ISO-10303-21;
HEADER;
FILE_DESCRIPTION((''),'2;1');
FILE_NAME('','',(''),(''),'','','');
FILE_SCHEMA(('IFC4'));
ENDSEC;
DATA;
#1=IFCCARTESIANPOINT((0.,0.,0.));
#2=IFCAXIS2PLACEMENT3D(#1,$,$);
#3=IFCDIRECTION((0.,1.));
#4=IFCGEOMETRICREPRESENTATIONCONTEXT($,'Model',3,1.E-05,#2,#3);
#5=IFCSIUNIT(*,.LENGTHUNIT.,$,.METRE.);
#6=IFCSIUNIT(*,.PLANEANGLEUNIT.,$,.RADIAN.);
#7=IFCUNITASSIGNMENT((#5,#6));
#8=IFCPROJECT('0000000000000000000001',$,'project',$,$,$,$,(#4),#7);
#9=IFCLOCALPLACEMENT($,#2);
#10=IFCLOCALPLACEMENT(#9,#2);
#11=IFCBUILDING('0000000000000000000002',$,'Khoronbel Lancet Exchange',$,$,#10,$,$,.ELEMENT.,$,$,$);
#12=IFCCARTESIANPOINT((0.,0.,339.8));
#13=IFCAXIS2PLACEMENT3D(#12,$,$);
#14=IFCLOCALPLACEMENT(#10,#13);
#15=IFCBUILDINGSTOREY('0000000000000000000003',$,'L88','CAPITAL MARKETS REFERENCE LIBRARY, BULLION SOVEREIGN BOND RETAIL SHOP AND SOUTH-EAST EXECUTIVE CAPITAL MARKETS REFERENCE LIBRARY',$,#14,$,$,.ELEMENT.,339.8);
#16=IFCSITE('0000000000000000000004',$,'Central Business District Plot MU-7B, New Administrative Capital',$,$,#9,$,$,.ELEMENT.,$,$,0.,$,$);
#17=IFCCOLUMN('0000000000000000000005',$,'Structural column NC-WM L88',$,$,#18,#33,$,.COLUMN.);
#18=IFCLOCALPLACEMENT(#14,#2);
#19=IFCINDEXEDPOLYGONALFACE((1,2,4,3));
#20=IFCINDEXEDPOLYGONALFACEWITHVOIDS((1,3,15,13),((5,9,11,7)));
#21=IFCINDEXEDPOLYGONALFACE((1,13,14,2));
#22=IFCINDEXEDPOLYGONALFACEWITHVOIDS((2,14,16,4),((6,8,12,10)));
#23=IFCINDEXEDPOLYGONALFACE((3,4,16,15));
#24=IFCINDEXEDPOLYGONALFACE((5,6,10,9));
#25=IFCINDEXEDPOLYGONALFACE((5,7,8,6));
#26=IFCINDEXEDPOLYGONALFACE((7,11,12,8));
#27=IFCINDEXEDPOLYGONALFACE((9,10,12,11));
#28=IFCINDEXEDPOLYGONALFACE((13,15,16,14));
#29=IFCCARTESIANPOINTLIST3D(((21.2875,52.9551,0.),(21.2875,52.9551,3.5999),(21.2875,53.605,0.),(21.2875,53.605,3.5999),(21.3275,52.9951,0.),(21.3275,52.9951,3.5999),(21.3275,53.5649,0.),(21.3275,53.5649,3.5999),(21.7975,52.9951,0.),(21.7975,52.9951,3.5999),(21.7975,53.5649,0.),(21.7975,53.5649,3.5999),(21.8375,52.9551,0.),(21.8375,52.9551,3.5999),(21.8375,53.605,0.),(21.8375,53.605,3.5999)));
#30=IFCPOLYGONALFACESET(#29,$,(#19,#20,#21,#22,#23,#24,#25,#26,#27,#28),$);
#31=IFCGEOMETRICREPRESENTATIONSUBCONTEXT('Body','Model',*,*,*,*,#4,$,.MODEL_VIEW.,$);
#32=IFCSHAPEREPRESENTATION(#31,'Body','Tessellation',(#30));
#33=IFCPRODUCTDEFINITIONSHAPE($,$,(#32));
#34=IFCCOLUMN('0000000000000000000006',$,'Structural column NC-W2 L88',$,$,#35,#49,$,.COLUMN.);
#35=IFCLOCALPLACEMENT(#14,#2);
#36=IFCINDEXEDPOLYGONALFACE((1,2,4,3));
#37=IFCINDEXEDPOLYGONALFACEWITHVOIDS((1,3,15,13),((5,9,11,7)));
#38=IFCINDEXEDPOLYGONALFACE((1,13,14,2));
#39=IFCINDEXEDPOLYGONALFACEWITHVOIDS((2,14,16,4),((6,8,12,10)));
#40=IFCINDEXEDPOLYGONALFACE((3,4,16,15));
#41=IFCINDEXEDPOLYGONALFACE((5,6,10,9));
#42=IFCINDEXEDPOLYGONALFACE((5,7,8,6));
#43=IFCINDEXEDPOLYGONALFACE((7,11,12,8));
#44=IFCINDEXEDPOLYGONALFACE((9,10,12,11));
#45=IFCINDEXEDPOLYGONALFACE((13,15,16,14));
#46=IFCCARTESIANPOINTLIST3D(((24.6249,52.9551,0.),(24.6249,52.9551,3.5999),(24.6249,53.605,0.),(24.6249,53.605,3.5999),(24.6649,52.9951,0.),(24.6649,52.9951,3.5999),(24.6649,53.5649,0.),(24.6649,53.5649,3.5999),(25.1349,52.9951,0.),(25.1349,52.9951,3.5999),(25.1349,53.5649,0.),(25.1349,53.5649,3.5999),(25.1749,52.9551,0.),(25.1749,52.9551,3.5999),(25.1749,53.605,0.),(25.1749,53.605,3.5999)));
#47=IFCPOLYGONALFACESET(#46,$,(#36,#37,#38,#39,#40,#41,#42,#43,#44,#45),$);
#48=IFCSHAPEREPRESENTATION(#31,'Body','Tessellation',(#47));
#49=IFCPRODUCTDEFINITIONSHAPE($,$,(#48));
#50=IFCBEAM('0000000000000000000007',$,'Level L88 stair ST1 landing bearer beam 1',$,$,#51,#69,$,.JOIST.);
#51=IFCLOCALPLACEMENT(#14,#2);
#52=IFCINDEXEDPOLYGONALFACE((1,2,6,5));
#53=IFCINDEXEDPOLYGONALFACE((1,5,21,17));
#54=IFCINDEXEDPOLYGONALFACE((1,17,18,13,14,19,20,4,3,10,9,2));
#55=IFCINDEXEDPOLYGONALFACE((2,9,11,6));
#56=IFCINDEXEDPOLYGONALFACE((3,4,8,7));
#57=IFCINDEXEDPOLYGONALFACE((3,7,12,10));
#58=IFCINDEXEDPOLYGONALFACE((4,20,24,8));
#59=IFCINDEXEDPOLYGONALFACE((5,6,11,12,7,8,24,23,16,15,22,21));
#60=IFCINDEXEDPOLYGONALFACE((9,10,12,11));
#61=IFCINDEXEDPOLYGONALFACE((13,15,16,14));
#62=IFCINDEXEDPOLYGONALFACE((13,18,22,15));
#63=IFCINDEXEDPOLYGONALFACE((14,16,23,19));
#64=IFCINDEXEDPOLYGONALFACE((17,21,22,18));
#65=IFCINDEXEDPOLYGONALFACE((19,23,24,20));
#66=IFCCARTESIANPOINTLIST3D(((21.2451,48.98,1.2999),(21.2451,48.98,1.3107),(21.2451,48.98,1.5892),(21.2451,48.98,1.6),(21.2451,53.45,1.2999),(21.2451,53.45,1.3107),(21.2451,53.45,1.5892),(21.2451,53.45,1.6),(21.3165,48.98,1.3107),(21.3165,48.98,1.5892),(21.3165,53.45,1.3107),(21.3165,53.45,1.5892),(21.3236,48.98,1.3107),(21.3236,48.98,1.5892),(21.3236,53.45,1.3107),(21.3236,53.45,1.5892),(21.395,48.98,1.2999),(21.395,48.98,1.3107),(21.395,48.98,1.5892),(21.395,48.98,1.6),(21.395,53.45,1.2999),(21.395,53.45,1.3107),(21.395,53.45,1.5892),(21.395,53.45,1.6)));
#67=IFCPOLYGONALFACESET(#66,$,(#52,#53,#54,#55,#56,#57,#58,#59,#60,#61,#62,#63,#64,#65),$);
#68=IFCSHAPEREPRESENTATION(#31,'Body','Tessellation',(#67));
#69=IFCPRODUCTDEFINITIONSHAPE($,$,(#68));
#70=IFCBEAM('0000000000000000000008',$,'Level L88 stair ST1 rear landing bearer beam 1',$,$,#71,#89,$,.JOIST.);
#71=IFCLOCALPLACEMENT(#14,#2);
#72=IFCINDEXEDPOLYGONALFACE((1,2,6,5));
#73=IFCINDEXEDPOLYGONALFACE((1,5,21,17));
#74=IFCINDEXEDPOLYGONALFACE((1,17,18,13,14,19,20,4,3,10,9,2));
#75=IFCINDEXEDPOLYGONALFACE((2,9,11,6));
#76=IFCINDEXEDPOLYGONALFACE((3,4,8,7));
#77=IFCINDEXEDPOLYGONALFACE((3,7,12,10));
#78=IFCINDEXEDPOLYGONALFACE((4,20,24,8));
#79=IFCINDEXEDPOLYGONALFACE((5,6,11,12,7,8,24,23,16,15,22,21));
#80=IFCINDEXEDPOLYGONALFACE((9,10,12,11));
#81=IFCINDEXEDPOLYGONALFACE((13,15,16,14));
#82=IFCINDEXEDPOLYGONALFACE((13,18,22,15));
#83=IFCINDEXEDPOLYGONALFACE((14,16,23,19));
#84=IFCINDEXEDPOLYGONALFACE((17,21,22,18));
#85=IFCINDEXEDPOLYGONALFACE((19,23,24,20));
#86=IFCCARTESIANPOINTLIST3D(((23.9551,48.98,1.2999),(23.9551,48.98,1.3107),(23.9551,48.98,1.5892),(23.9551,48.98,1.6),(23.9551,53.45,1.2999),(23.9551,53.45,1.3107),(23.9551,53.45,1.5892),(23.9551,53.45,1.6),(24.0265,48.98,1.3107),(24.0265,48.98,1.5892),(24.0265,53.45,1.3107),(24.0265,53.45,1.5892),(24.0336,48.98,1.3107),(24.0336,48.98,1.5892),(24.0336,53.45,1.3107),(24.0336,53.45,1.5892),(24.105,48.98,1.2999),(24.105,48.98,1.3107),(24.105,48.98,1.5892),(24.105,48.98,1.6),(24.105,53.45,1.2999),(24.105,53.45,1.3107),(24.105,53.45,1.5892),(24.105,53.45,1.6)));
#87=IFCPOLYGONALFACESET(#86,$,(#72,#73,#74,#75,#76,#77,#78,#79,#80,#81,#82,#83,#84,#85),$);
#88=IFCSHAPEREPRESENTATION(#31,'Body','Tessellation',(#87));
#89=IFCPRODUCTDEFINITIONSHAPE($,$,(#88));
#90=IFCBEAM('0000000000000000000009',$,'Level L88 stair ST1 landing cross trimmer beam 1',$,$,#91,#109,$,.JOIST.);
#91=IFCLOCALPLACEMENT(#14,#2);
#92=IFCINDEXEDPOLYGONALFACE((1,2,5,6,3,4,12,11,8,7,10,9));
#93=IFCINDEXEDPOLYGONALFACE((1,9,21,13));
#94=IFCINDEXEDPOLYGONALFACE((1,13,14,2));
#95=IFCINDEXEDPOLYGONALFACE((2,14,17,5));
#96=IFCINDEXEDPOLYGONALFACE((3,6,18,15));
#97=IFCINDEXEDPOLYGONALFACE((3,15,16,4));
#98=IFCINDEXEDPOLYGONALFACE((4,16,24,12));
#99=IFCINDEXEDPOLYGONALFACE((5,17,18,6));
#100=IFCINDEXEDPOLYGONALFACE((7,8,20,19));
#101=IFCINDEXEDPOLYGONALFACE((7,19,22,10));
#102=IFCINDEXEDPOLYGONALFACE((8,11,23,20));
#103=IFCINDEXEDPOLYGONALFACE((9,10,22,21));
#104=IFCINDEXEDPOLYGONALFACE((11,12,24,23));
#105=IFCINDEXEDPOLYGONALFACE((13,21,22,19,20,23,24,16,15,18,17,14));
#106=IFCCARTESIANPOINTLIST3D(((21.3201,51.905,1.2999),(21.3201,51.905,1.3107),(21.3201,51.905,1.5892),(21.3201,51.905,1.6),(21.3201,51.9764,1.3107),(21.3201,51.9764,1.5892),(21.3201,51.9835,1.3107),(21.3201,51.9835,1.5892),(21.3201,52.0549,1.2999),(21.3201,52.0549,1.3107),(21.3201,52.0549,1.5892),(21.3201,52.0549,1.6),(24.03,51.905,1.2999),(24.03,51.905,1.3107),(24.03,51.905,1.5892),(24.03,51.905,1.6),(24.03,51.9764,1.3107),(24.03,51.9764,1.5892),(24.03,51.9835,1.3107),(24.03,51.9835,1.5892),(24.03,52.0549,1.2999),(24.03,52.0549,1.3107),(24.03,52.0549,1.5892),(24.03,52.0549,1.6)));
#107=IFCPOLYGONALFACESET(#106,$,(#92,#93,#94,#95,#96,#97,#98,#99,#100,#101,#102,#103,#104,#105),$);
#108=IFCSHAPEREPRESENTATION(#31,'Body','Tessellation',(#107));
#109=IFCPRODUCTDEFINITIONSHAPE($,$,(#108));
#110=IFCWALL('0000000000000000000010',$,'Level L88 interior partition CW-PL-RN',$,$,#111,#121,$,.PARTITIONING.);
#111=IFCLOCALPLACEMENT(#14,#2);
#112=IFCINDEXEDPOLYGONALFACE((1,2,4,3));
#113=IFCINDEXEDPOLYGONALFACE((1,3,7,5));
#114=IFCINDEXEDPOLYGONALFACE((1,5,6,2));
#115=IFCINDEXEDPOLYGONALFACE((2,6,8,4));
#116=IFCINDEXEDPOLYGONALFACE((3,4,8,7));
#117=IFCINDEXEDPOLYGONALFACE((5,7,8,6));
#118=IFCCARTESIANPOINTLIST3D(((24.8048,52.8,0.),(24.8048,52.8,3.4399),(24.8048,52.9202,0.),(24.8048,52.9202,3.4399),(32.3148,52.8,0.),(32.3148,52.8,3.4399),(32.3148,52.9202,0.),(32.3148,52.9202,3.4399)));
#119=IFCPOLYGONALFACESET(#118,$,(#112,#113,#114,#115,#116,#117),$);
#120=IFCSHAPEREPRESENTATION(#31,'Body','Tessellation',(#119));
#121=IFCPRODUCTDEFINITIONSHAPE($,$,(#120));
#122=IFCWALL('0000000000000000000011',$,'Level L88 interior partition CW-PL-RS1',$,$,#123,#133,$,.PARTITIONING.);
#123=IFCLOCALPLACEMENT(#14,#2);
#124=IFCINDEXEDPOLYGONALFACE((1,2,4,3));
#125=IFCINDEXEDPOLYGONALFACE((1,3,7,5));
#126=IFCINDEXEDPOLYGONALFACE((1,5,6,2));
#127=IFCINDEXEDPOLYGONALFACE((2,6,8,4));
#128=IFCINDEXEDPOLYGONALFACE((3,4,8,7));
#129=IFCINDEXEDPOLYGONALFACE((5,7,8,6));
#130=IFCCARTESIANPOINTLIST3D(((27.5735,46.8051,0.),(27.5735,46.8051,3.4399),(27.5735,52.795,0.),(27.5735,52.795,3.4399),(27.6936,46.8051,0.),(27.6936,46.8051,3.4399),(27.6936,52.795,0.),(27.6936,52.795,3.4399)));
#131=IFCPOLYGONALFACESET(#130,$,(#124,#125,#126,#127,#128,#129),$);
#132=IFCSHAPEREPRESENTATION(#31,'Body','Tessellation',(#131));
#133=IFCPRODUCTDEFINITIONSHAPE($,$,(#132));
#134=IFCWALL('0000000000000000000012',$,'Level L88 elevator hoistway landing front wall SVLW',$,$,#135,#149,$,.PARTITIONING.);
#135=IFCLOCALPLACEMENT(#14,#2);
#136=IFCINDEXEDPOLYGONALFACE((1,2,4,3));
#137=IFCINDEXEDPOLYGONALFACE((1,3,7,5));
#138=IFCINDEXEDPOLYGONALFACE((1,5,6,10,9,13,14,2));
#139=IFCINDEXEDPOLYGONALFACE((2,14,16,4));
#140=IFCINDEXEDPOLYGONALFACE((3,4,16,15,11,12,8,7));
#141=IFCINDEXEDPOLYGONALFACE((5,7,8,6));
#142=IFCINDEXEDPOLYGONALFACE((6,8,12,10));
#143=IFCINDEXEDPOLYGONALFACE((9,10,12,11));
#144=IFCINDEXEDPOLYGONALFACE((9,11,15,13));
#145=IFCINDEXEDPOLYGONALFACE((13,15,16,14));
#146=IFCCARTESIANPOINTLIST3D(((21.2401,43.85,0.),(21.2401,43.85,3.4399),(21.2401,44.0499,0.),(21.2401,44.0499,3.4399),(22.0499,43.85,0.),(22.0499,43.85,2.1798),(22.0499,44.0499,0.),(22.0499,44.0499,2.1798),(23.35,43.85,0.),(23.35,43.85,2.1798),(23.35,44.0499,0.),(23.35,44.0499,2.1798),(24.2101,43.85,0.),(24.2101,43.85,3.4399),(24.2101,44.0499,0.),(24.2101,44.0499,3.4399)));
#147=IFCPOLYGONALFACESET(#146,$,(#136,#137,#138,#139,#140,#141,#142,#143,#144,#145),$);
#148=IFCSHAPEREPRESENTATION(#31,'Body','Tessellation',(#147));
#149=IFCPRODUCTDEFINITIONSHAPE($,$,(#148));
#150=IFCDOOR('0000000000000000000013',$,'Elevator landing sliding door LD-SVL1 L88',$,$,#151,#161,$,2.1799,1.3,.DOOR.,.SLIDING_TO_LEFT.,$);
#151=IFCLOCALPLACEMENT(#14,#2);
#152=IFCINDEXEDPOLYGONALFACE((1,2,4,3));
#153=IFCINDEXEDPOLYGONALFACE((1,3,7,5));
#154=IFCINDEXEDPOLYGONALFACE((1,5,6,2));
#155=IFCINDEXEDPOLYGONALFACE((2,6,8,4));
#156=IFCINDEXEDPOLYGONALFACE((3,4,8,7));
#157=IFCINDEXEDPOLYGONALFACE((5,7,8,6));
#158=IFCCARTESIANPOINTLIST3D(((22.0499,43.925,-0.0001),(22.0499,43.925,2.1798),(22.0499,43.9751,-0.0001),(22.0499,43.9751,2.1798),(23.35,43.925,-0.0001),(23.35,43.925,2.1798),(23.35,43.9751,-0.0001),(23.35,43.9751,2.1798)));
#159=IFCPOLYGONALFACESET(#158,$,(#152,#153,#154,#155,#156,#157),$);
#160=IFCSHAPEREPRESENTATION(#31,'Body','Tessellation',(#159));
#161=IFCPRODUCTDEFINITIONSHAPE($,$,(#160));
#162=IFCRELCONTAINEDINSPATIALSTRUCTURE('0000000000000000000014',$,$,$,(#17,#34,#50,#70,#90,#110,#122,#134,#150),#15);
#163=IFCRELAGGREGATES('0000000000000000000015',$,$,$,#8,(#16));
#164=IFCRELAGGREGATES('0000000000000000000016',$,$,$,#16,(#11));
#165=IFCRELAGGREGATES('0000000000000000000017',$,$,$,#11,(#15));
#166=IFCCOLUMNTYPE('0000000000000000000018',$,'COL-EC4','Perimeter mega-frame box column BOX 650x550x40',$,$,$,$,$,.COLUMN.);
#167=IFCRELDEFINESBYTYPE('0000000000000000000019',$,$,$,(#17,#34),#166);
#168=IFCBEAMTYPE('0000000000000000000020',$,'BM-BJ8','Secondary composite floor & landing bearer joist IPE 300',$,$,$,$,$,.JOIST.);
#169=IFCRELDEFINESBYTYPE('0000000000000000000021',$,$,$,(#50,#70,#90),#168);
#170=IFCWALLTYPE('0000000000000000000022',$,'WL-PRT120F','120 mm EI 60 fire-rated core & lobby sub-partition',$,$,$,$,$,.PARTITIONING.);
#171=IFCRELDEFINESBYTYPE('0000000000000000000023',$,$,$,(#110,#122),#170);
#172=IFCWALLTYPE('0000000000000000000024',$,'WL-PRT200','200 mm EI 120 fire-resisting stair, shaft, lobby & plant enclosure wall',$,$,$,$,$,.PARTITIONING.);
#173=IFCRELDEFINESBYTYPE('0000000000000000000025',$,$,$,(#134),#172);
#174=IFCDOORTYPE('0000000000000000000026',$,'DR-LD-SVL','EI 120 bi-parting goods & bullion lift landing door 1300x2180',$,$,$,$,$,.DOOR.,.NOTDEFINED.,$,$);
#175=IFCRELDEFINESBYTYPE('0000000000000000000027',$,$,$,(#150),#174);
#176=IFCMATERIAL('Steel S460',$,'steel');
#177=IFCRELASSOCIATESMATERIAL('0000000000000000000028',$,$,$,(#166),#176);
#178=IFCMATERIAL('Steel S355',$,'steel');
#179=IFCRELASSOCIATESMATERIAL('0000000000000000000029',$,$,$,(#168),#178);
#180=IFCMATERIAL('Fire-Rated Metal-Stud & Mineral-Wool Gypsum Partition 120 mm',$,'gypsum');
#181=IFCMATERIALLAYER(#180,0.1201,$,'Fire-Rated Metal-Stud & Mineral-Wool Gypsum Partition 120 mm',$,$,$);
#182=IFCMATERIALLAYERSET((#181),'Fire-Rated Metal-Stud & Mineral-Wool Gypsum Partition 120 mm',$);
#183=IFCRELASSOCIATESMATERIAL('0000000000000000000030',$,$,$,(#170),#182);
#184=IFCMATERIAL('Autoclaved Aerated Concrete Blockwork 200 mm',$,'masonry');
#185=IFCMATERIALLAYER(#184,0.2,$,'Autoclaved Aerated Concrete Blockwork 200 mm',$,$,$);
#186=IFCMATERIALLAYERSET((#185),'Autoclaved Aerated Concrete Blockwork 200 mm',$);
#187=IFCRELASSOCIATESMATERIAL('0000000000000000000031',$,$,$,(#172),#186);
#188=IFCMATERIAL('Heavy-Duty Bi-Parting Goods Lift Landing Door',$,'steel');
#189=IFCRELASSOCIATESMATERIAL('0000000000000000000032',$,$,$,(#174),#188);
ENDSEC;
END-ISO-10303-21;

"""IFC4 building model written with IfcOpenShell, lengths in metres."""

from ifc_helpers import new_model, si_unit, direction, frame, frame_2d, origin, origin_2d, place, context, subcontext, project, spatial, rectangle, hollow_rectangle, i_section, extrude, material, layer, layer_set, material_profile, profile_set, type_object, element, fill, save


model = new_model("IFC4")

# Units and contexts
model_context = context("Model", 3, precision=1e-05, world=origin(), true_north=direction((0.0, 1.0)))
body_context = subcontext(model_context, "Body", "Model", "MODEL_VIEW")
ifc_project = project(units=[si_unit("LENGTHUNIT", "METRE"), si_unit("PLANEANGLEUNIT", "RADIAN")], contexts=[model_context])

# Site, building, storey
site_placement = place(None, origin())
site = spatial("IfcSite", under=ifc_project, at=site_placement, Name="Central Business District Plot MU-7B, New Administrative Capital", CompositionType="ELEMENT", RefElevation=0.0)
building_placement = place(site_placement, origin())
building = spatial("IfcBuilding", under=site, at=building_placement, Name="Khoronbel Lancet Exchange", CompositionType="ELEMENT")
storey_placement = place(building_placement, frame((0.0, 0.0, 339.8)))
storey = spatial("IfcBuildingStorey", under=building, at=storey_placement, Name="L88", Description="CAPITAL MARKETS REFERENCE LIBRARY, BULLION SOVEREIGN BOND RETAIL SHOP AND SOUTH-EAST EXECUTIVE CAPITAL MARKETS REFERENCE LIBRARY", CompositionType="ELEMENT", Elevation=339.8)

# Columns
ifc_material_1 = material(Name="Steel S460", Category="steel")
ifc_material_profile_1 = material_profile(ifc_material_1, hollow_rectangle(XDim=0.55, YDim=0.6499, WallThickness=0.04, at=origin_2d()), Name="BOX 650x550x40")
ifc_profile_set_1 = profile_set([ifc_material_profile_1], Name="Steel S460")
column_type = type_object("IfcColumnType", Name="COL-EC4", Description="Perimeter mega-frame box column BOX 650x550x40", PredefinedType="COLUMN", material=ifc_profile_set_1)
for number, where, z_axis, x_axis, name in (
    (1, (21.5625, 53.28, 0.0), (0.0, 0.0, 1.0), (1.0, 0.0, 0.0), "Structural column NC-WM L88"),
    (2, (24.8999, 53.28, 0.0), (0.0, 0.0, 1.0), (1.0, 0.0, 0.0), "Structural column NC-W2 L88"),
):
    element("IfcColumn", number, at=place(storey_placement, frame(where, z_axis=z_axis, x_axis=x_axis)), inside=storey, type_object=column_type, Name=name, PredefinedType="COLUMN", context=body_context, shape_type="SweptSolid", body=[
        extrude(hollow_rectangle(XDim=0.55, YDim=0.6499, WallThickness=0.04, at=origin_2d()), origin(), (0.0, 0.0, 1.0), 3.5999),
    ])

# Beams
ifc_material_2 = material(Name="Steel S355", Category="steel")
ifc_material_profile_2 = material_profile(ifc_material_2, i_section(OverallWidth=0.1499, OverallDepth=0.3, WebThickness=0.0071, FlangeThickness=0.0107, at=origin_2d()), Name="IPE 300")
ifc_profile_set_2 = profile_set([ifc_material_profile_2], Name="Steel S355")
beam_type = type_object("IfcBeamType", Name="BM-BJ8", Description="Secondary composite floor & landing bearer joist IPE 300", PredefinedType="JOIST", material=ifc_profile_set_2)
for number, where, z_axis, x_axis, name in (
    (3, (21.3201, 48.98, 1.45), (0.0, 1.0, 0.0), (-1.0, 0.0, 0.0), "Level L88 stair ST1 landing bearer beam 1"),
    (4, (24.03, 48.98, 1.45), (0.0, 1.0, 0.0), (-1.0, 0.0, 0.0), "Level L88 stair ST1 rear landing bearer beam 1"),
):
    element("IfcBeam", number, at=place(storey_placement, frame(where, z_axis=z_axis, x_axis=x_axis)), inside=storey, type_object=beam_type, Name=name, PredefinedType="JOIST", context=body_context, shape_type="SweptSolid", body=[
        extrude(i_section(OverallWidth=0.1499, OverallDepth=0.3, WebThickness=0.0071, FlangeThickness=0.0107, at=origin_2d()), origin(), (0.0, 0.0, 1.0), 4.47),
    ])
beam_placement = place(storey_placement, frame((21.3201, 51.98, 1.45), z_axis=(1.0, 0.0, 0.0), x_axis=(0.0, 1.0, 0.0)))
element("IfcBeam", 5, at=beam_placement, inside=storey, type_object=beam_type, Name="Level L88 stair ST1 landing cross trimmer beam 1", PredefinedType="JOIST", context=body_context, shape_type="SweptSolid", body=[
    extrude(i_section(OverallWidth=0.1499, OverallDepth=0.3, WebThickness=0.0071, FlangeThickness=0.0107, at=origin_2d()), origin(), (0.0, 0.0, 1.0), 2.71),
])

# Walls
ifc_material_3 = material(Name="Fire-Rated Metal-Stud & Mineral-Wool Gypsum Partition 120 mm", Category="gypsum")
ifc_layer_1 = layer(ifc_material_3, 0.1201, Name="Fire-Rated Metal-Stud & Mineral-Wool Gypsum Partition 120 mm")
ifc_layer_set_1 = layer_set([ifc_layer_1], Name="Fire-Rated Metal-Stud & Mineral-Wool Gypsum Partition 120 mm")
wall_type_1 = type_object("IfcWallType", Name="WL-PRT120F", Description="120 mm EI 60 fire-rated core & lobby sub-partition", PredefinedType="PARTITIONING", material=ifc_layer_set_1)
wall_1_placement = place(storey_placement, frame((24.8049, 52.8601, 0.0), z_axis=(0.0, 0.0, 1.0), x_axis=(1.0, 0.0, 0.0)))
element("IfcWall", 6, at=wall_1_placement, inside=storey, type_object=wall_type_1, Name="Level L88 interior partition CW-PL-RN", PredefinedType="PARTITIONING", context=body_context, shape_type="SweptSolid", body=[
    extrude(rectangle(XDim=7.51, YDim=0.1201, at=frame_2d((3.7549, 0.0))), origin(), (0.0, 0.0, 1.0), 3.4399),
])
wall_2_placement = place(storey_placement, frame((27.6335, 46.8049, 0.0), z_axis=(0.0, 0.0, 1.0), x_axis=(0.0, 1.0, 0.0)))
element("IfcWall", 7, at=wall_2_placement, inside=storey, type_object=wall_type_1, Name="Level L88 interior partition CW-PL-RS1", PredefinedType="PARTITIONING", context=body_context, shape_type="SweptSolid", body=[
    extrude(rectangle(XDim=5.99, YDim=0.1201, at=frame_2d((2.9951, 0.0))), origin(), (0.0, 0.0, 1.0), 3.4399),
])

# Wall, opening, door
ifc_material_4 = material(Name="Autoclaved Aerated Concrete Blockwork 200 mm", Category="masonry")
ifc_layer_2 = layer(ifc_material_4, 0.2, Name="Autoclaved Aerated Concrete Blockwork 200 mm")
ifc_layer_set_2 = layer_set([ifc_layer_2], Name="Autoclaved Aerated Concrete Blockwork 200 mm")
wall_type_2 = type_object("IfcWallType", Name="WL-PRT200", Description="200 mm EI 120 fire-resisting stair, shaft, lobby & plant enclosure wall", PredefinedType="PARTITIONING", material=ifc_layer_set_2)
wall_3_placement = place(storey_placement, frame((24.21, 43.95, 0.0), z_axis=(0.0, 0.0, 1.0), x_axis=(-1.0, 0.0, 0.0)))
wall_3 = element("IfcWall", 8, at=wall_3_placement, inside=storey, type_object=wall_type_2, Name="Level L88 elevator hoistway landing front wall SVLW", PredefinedType="PARTITIONING", context=body_context, shape_type="SweptSolid", body=[
    extrude(rectangle(XDim=2.97, YDim=0.2, at=frame_2d((1.4849, 0.0))), origin(), (0.0, 0.0, 1.0), 3.4399),
])
opening_1_placement = place(wall_3_placement, frame((0.8601, 0.0, 0.0)))
opening_1 = element("IfcOpeningElement", 9, at=opening_1_placement, cuts=wall_3, PredefinedType="OPENING", context=body_context, shape_type="SweptSolid", body=[
    extrude(rectangle(XDim=1.3, YDim=2.1799, at=frame_2d((0.6499, 1.0898))), frame((0.0, 0.1099, 0.0), z_axis=(0.0, -1.0, 0.0), x_axis=(1.0, 0.0, 0.0)), (0.0, 0.0, 1.0), 0.22),
])
ifc_material_5 = material(Name="Heavy-Duty Bi-Parting Goods Lift Landing Door", Category="steel")
door_type_1 = type_object("IfcDoorType", Name="DR-LD-SVL", Description="EI 120 bi-parting goods & bullion lift landing door 1300x2180", OperationType="NOTDEFINED", PredefinedType="DOOR", material=ifc_material_5)
door_1_placement = place(opening_1_placement, origin())
door_1 = element("IfcDoor", 10, at=door_1_placement, inside=storey, type_object=door_type_1, Name="Elevator landing sliding door LD-SVL1 L88", OperationType="SLIDING_TO_LEFT", OverallHeight=2.1799, OverallWidth=1.3, PredefinedType="DOOR", context=body_context, shape_type="SweptSolid", body=[
    extrude(rectangle(XDim=1.3, YDim=2.1799, at=frame_2d((0.6499, 1.0898))), frame((0.0, 0.0249, 0.0), z_axis=(0.0, -1.0, 0.0), x_axis=(1.0, 0.0, 0.0)), (0.0, 0.0, 1.0), 0.05),
])
fill(opening_1, door_1)

save(model, "model.ifc")
